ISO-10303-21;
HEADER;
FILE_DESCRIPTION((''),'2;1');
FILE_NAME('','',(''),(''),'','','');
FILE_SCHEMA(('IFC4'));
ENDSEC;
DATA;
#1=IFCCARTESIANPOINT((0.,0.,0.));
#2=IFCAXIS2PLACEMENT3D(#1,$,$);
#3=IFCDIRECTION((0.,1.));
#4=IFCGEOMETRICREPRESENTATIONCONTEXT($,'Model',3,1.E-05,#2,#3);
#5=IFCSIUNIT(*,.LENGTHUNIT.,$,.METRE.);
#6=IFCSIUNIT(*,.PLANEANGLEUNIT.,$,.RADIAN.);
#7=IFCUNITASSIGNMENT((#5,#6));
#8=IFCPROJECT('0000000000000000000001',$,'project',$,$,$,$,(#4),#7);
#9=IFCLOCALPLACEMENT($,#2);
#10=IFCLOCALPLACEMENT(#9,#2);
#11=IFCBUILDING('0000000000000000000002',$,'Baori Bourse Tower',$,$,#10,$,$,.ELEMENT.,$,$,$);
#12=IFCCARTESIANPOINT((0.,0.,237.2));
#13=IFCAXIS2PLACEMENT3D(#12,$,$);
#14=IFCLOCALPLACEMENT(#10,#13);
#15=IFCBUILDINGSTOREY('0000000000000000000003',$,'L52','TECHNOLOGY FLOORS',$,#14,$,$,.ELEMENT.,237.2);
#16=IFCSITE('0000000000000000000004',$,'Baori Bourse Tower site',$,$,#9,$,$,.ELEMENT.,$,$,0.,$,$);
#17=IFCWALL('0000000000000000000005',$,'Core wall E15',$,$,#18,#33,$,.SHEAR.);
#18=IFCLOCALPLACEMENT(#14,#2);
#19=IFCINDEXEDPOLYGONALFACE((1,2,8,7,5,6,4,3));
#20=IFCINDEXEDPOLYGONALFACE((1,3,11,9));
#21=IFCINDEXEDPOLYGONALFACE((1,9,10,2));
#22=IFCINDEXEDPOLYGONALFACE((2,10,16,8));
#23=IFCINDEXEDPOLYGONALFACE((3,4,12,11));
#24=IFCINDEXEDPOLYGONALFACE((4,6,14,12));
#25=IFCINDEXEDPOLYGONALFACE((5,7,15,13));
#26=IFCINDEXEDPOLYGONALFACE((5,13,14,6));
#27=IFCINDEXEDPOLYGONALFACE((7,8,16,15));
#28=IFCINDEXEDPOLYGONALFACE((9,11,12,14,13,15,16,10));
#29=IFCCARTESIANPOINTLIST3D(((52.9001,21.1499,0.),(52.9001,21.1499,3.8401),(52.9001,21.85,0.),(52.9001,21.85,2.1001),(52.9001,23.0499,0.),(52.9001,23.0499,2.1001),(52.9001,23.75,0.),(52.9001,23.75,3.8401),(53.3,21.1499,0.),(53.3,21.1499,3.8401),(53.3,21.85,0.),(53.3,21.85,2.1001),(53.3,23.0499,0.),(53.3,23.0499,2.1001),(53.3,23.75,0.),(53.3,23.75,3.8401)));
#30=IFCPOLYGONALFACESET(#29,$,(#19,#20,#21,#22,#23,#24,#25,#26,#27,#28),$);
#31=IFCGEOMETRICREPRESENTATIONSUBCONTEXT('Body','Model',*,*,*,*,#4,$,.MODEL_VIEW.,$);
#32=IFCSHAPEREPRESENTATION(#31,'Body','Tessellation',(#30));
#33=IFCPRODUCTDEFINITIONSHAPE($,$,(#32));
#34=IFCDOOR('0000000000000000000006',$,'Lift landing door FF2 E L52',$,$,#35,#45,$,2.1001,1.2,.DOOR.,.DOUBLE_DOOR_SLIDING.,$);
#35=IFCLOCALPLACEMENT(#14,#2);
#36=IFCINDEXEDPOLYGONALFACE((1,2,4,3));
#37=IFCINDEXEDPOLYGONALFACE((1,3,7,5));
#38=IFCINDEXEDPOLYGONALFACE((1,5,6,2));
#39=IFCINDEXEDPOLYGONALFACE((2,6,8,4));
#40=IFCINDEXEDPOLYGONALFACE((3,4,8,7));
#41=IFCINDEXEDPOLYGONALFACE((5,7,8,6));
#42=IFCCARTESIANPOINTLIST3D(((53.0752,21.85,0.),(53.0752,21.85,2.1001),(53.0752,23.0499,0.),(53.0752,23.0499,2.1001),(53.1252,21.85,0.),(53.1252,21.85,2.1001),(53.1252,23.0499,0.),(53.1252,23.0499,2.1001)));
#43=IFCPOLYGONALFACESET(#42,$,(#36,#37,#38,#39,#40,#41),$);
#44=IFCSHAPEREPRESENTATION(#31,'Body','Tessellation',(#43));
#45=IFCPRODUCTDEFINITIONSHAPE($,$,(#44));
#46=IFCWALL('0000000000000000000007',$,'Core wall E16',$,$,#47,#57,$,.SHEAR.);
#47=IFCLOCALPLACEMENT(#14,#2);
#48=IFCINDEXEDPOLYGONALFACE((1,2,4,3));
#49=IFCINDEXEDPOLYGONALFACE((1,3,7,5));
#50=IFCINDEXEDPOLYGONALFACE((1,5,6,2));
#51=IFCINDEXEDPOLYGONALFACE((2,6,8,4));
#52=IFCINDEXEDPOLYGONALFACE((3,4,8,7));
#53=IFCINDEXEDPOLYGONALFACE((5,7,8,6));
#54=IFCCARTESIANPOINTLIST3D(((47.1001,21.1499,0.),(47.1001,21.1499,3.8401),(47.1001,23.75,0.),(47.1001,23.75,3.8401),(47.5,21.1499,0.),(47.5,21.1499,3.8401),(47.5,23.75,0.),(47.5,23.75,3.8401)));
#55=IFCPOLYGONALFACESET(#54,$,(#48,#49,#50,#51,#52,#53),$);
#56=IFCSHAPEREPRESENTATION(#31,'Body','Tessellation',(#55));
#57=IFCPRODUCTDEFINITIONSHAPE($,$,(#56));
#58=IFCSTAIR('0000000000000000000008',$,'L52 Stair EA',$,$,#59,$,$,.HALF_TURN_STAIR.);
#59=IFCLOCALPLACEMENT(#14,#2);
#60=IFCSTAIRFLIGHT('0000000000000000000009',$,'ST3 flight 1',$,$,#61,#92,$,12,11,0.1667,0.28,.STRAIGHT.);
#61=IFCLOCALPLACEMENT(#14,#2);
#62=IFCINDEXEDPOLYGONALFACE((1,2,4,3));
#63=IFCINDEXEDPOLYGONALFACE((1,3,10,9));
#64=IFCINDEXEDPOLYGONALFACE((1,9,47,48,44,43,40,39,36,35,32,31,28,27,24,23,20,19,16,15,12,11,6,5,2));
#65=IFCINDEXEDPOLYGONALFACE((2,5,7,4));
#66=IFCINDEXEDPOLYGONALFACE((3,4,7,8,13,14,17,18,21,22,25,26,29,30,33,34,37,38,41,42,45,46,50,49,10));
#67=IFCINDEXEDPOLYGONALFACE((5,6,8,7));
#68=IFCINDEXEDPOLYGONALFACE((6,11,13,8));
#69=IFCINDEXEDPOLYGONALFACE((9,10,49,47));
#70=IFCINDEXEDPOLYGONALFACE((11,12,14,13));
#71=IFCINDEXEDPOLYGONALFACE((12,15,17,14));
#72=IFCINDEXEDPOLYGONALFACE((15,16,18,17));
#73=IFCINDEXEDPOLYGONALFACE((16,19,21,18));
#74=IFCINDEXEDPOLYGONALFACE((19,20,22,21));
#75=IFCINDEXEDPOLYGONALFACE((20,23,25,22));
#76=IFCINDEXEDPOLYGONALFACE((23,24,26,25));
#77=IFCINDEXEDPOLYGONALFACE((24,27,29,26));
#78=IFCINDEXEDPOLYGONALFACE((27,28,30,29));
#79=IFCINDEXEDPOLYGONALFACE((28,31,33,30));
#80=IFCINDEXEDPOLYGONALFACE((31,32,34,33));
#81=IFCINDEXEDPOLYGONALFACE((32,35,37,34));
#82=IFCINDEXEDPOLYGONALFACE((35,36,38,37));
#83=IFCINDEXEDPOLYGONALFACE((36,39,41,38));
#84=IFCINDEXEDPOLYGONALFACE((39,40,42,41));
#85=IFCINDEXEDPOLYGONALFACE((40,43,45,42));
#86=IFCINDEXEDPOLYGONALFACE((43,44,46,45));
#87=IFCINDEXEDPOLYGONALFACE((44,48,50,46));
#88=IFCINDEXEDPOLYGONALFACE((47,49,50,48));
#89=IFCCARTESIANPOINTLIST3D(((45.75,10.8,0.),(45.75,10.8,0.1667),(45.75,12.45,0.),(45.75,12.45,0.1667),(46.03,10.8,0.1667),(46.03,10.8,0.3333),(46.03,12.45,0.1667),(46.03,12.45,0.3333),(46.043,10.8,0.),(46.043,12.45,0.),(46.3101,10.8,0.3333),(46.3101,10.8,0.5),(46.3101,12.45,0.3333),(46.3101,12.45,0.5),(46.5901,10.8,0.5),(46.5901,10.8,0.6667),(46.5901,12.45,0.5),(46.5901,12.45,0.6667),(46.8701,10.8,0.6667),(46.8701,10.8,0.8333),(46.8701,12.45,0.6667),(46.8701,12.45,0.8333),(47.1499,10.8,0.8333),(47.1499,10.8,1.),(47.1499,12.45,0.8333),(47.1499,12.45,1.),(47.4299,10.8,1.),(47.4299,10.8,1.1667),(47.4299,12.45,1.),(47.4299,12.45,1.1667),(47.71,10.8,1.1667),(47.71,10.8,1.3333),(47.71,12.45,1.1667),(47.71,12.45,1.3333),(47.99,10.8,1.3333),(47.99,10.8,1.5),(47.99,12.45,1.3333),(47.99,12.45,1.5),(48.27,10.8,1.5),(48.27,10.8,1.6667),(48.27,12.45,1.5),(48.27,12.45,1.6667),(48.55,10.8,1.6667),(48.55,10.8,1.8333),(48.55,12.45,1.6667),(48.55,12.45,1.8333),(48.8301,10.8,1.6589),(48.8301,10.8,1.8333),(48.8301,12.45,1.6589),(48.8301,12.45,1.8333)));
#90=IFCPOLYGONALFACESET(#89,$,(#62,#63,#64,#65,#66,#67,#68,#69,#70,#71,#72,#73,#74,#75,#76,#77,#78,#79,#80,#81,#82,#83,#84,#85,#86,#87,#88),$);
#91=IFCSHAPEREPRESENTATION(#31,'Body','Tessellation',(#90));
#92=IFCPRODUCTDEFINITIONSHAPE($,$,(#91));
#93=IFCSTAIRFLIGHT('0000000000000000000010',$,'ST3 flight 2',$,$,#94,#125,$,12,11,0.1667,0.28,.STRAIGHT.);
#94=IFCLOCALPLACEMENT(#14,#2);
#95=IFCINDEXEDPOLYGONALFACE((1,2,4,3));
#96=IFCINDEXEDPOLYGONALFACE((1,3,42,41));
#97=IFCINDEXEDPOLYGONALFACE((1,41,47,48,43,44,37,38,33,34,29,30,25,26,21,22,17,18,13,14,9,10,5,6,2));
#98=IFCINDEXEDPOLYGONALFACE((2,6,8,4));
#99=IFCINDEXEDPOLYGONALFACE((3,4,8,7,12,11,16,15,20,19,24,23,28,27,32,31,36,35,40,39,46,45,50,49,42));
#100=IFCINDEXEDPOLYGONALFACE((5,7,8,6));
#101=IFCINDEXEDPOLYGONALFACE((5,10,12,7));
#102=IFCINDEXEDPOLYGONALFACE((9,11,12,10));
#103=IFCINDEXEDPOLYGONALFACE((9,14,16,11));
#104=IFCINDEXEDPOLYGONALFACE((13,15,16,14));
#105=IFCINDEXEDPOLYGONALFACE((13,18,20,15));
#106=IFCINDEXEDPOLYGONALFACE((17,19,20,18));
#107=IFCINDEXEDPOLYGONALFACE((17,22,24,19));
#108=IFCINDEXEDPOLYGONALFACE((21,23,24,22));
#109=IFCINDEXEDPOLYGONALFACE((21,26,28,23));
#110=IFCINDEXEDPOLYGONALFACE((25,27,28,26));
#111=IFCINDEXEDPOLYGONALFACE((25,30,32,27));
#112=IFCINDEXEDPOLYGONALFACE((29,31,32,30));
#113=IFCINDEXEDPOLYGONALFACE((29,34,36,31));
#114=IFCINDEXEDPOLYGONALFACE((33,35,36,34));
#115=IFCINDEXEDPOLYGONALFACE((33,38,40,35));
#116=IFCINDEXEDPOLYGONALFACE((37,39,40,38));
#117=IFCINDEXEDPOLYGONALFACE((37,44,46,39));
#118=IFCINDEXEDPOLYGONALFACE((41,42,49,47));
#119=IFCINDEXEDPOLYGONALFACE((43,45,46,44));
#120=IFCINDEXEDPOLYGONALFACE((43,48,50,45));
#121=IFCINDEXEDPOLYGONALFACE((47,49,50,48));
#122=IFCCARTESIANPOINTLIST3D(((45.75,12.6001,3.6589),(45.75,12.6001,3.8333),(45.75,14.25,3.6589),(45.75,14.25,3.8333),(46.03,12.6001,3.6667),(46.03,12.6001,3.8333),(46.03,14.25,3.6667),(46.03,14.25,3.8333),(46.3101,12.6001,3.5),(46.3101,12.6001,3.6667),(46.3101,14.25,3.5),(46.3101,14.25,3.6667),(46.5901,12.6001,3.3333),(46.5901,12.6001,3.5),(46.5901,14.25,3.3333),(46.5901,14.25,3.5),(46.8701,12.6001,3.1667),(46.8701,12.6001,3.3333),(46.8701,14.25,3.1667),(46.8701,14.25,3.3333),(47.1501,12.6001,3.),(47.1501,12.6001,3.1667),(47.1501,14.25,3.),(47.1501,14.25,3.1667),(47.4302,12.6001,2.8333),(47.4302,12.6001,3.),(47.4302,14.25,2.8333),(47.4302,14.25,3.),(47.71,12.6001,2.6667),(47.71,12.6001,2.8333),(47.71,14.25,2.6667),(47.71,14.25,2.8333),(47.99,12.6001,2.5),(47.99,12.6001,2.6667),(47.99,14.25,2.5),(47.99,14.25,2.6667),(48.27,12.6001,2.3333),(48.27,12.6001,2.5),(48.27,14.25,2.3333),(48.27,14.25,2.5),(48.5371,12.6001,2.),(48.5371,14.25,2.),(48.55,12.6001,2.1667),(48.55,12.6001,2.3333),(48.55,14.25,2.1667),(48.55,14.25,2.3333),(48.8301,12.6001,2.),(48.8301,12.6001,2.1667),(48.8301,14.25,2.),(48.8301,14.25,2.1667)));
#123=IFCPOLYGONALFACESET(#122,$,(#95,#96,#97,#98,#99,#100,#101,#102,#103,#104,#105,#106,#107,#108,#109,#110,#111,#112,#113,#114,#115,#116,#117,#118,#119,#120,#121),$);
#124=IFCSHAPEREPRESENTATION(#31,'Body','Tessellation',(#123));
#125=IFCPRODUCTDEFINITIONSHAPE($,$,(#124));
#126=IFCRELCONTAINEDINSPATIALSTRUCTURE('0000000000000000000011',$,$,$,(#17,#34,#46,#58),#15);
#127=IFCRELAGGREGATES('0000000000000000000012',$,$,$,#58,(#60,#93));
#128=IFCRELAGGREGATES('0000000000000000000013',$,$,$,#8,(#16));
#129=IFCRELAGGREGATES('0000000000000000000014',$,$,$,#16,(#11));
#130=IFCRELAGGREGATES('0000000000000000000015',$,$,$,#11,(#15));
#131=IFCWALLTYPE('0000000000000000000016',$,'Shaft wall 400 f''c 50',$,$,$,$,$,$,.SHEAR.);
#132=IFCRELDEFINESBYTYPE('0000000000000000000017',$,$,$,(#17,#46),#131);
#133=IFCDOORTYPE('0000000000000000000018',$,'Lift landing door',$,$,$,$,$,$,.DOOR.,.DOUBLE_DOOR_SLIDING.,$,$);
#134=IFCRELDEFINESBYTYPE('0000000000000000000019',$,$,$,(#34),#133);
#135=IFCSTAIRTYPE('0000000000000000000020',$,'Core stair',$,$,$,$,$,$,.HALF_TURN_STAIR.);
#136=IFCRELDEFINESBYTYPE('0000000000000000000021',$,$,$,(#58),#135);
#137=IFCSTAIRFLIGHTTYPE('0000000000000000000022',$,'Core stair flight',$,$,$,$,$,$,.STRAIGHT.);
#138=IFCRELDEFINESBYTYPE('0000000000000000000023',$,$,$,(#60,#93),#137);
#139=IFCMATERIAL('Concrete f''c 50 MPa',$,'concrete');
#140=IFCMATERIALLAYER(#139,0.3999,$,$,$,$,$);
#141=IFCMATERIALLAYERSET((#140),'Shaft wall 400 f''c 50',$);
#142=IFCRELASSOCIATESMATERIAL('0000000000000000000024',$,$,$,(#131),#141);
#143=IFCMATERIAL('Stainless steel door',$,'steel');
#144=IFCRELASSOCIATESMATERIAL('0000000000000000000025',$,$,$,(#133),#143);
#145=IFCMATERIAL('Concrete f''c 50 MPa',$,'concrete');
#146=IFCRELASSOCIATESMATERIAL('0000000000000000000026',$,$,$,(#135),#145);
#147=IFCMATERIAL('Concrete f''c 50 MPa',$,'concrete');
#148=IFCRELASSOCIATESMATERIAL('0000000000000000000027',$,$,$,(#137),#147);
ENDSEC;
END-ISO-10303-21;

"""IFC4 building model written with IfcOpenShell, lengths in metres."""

from ifc_helpers import new_model, si_unit, direction, frame, frame_2d, origin, place, context, subcontext, project, spatial, polyline, rectangle, outline, extrude, material, layer, layer_set, type_object, element, fill, aggregate, save


model = new_model("IFC4")

# Units and contexts
model_context = context("Model", 3, precision=1e-05, world=origin(), true_north=direction((0.0, 1.0)))
body_context = subcontext(model_context, "Body", "Model", "MODEL_VIEW")
ifc_project = project(units=[si_unit("LENGTHUNIT", "METRE"), si_unit("PLANEANGLEUNIT", "RADIAN")], contexts=[model_context])

# Site, building, storey
site_placement = place(None, origin())
site = spatial("IfcSite", under=ifc_project, at=site_placement, Name="Baori Bourse Tower site", CompositionType="ELEMENT", RefElevation=0.0)
building_placement = place(site_placement, origin())
building = spatial("IfcBuilding", under=site, at=building_placement, Name="Baori Bourse Tower", CompositionType="ELEMENT")
storey_placement = place(building_placement, frame((0.0, 0.0, 237.2)))
storey = spatial("IfcBuildingStorey", under=building, at=storey_placement, Name="L52", Description="TECHNOLOGY FLOORS", CompositionType="ELEMENT", Elevation=237.2)

# Shared definitions
ifc_material_1 = material(Name="Concrete f'c 50 MPa", Category="concrete")
ifc_layer_1 = layer(ifc_material_1, 0.3999)
ifc_layer_set_1 = layer_set([ifc_layer_1], Name="Shaft wall 400 f'c 50")
wall_type_1 = type_object("IfcWallType", Name="Shaft wall 400 f'c 50", PredefinedType="SHEAR", material=ifc_layer_set_1)

# Wall, opening, door
wall_1_placement = place(storey_placement, frame((53.1001, 21.1499, 0.0), z_axis=(0.0, 0.0, 1.0), x_axis=(0.0, 1.0, 0.0)))
wall_1 = element("IfcWall", 1, at=wall_1_placement, inside=storey, type_object=wall_type_1, Name="Core wall E15", PredefinedType="SHEAR", context=body_context, shape_type="SweptSolid", body=[
    extrude(rectangle(XDim=2.6001, YDim=0.3999, at=frame_2d((1.3, 0.0))), origin(), (0.0, 0.0, 1.0), 3.8401),
])
opening_1_placement = place(wall_1_placement, frame((0.7, 0.0, 0.0)))
opening_1 = element("IfcOpeningElement", 2, at=opening_1_placement, cuts=wall_1, PredefinedType="OPENING", context=body_context, shape_type="SweptSolid", body=[
    extrude(rectangle(XDim=1.2, YDim=2.1001, at=frame_2d((0.6001, 1.05))), frame((0.0, 0.21, 0.0), z_axis=(0.0, -1.0, 0.0), x_axis=(1.0, 0.0, 0.0)), (0.0, 0.0, 1.0), 0.4199),
])
ifc_material_2 = material(Name="Stainless steel door", Category="steel")
door_type_1 = type_object("IfcDoorType", Name="Lift landing door", OperationType="DOUBLE_DOOR_SLIDING", PredefinedType="DOOR", material=ifc_material_2)
door_1_placement = place(opening_1_placement, origin())
door_1 = element("IfcDoor", 3, at=door_1_placement, inside=storey, type_object=door_type_1, Name="Lift landing door FF2 E L52", OperationType="DOUBLE_DOOR_SLIDING", OverallHeight=2.1001, OverallWidth=1.2, PredefinedType="DOOR", context=body_context, shape_type="SweptSolid", body=[
    extrude(rectangle(XDim=1.2, YDim=2.1001, at=frame_2d((0.6001, 1.05))), frame((0.0, 0.0249, 0.0), z_axis=(0.0, -1.0, 0.0), x_axis=(1.0, 0.0, 0.0)), (0.0, 0.0, 1.0), 0.05),
])
fill(opening_1, door_1)

# Wall
wall_2_placement = place(storey_placement, frame((47.3, 21.1499, 0.0), z_axis=(0.0, 0.0, 1.0), x_axis=(0.0, 1.0, 0.0)))
element("IfcWall", 4, at=wall_2_placement, inside=storey, type_object=wall_type_1, Name="Core wall E16", PredefinedType="SHEAR", context=body_context, shape_type="SweptSolid", body=[
    extrude(rectangle(XDim=2.6001, YDim=0.3999, at=frame_2d((1.3, 0.0))), origin(), (0.0, 0.0, 1.0), 3.8401),
])

# Stair, stair flights
ifc_material_3 = material(Name="Concrete f'c 50 MPa", Category="concrete")
stair_type = type_object("IfcStairType", Name="Core stair", PredefinedType="HALF_TURN_STAIR", material=ifc_material_3)
stair_placement = place(storey_placement, origin())
stair = element("IfcStair", 5, at=stair_placement, inside=storey, type_object=stair_type, Name="L52 Stair EA", PredefinedType="HALF_TURN_STAIR")
ifc_material_4 = material(Name="Concrete f'c 50 MPa", Category="concrete")
stair_flight_type = type_object("IfcStairFlightType", Name="Core stair flight", PredefinedType="STRAIGHT", material=ifc_material_4)
stair_flight_1_placement = place(storey_placement, frame((45.75, 11.625, 0.0), z_axis=(0.0, 0.0, 1.0), x_axis=(1.0, 0.0, 0.0)))
stair_flight_1 = element("IfcStairFlight", 6, at=stair_flight_1_placement, type_object=stair_flight_type, Name="ST3 flight 1", NumberOfRisers=12, NumberOfTreads=11, PredefinedType="STRAIGHT", RiserHeight=0.1667, TreadLength=0.28, context=body_context, shape_type="SweptSolid", body=[
    extrude(outline(polyline([(0.0, 0.0), (0.0, 0.1667), (0.28, 0.1667), (0.28, 0.3333), (0.5601, 0.3333), (0.5601, 0.5), (0.8401, 0.5), (0.8401, 0.6667), (1.1201, 0.6667), (1.1201, 0.8333), (1.3999, 0.8333), (1.3999, 1.0), (1.6799, 1.0), (1.6799, 1.1667), (1.96, 1.1667), (1.96, 1.3333), (2.24, 1.3333), (2.24, 1.5), (2.52, 1.5), (2.52, 1.6667), (2.8, 1.6667), (2.8, 1.8333), (3.0801, 1.8333), (3.0801, 2.0), (3.0801, 1.6589), (0.293, 0.0), (0.0, 0.0)])), frame((0.0, 0.825, 0.0), z_axis=(0.0, -1.0, 0.0), x_axis=(1.0, 0.0, 0.0)), (0.0, 0.0, 1.0), 1.6499),
])
stair_flight_2_placement = place(storey_placement, frame((48.8301, 13.425, 2.0), z_axis=(0.0, 0.0, 1.0), x_axis=(-1.0, 0.0, 0.0)))
stair_flight_2 = element("IfcStairFlight", 7, at=stair_flight_2_placement, type_object=stair_flight_type, Name="ST3 flight 2", NumberOfRisers=12, NumberOfTreads=11, PredefinedType="STRAIGHT", RiserHeight=0.1667, TreadLength=0.28, context=body_context, shape_type="SweptSolid", body=[
    extrude(outline(polyline([(0.0, 0.0), (0.0, 0.1667), (0.28, 0.1667), (0.28, 0.3333), (0.5601, 0.3333), (0.5601, 0.5), (0.8401, 0.5), (0.8401, 0.6667), (1.1201, 0.6667), (1.1201, 0.8333), (1.3999, 0.8333), (1.3999, 1.0), (1.6799, 1.0), (1.6799, 1.1667), (1.96, 1.1667), (1.96, 1.3333), (2.24, 1.3333), (2.24, 1.5), (2.52, 1.5), (2.52, 1.6667), (2.8, 1.6667), (2.8, 1.8333), (3.0801, 1.8333), (3.0801, 2.0), (3.0801, 1.6589), (0.293, 0.0), (0.0, 0.0)])), frame((0.0, 0.825, 0.0), z_axis=(0.0, -1.0, 0.0), x_axis=(1.0, 0.0, 0.0)), (0.0, 0.0, 1.0), 1.6499),
])
aggregate(stair, [stair_flight_1, stair_flight_2])

save(model, "model.ifc")
